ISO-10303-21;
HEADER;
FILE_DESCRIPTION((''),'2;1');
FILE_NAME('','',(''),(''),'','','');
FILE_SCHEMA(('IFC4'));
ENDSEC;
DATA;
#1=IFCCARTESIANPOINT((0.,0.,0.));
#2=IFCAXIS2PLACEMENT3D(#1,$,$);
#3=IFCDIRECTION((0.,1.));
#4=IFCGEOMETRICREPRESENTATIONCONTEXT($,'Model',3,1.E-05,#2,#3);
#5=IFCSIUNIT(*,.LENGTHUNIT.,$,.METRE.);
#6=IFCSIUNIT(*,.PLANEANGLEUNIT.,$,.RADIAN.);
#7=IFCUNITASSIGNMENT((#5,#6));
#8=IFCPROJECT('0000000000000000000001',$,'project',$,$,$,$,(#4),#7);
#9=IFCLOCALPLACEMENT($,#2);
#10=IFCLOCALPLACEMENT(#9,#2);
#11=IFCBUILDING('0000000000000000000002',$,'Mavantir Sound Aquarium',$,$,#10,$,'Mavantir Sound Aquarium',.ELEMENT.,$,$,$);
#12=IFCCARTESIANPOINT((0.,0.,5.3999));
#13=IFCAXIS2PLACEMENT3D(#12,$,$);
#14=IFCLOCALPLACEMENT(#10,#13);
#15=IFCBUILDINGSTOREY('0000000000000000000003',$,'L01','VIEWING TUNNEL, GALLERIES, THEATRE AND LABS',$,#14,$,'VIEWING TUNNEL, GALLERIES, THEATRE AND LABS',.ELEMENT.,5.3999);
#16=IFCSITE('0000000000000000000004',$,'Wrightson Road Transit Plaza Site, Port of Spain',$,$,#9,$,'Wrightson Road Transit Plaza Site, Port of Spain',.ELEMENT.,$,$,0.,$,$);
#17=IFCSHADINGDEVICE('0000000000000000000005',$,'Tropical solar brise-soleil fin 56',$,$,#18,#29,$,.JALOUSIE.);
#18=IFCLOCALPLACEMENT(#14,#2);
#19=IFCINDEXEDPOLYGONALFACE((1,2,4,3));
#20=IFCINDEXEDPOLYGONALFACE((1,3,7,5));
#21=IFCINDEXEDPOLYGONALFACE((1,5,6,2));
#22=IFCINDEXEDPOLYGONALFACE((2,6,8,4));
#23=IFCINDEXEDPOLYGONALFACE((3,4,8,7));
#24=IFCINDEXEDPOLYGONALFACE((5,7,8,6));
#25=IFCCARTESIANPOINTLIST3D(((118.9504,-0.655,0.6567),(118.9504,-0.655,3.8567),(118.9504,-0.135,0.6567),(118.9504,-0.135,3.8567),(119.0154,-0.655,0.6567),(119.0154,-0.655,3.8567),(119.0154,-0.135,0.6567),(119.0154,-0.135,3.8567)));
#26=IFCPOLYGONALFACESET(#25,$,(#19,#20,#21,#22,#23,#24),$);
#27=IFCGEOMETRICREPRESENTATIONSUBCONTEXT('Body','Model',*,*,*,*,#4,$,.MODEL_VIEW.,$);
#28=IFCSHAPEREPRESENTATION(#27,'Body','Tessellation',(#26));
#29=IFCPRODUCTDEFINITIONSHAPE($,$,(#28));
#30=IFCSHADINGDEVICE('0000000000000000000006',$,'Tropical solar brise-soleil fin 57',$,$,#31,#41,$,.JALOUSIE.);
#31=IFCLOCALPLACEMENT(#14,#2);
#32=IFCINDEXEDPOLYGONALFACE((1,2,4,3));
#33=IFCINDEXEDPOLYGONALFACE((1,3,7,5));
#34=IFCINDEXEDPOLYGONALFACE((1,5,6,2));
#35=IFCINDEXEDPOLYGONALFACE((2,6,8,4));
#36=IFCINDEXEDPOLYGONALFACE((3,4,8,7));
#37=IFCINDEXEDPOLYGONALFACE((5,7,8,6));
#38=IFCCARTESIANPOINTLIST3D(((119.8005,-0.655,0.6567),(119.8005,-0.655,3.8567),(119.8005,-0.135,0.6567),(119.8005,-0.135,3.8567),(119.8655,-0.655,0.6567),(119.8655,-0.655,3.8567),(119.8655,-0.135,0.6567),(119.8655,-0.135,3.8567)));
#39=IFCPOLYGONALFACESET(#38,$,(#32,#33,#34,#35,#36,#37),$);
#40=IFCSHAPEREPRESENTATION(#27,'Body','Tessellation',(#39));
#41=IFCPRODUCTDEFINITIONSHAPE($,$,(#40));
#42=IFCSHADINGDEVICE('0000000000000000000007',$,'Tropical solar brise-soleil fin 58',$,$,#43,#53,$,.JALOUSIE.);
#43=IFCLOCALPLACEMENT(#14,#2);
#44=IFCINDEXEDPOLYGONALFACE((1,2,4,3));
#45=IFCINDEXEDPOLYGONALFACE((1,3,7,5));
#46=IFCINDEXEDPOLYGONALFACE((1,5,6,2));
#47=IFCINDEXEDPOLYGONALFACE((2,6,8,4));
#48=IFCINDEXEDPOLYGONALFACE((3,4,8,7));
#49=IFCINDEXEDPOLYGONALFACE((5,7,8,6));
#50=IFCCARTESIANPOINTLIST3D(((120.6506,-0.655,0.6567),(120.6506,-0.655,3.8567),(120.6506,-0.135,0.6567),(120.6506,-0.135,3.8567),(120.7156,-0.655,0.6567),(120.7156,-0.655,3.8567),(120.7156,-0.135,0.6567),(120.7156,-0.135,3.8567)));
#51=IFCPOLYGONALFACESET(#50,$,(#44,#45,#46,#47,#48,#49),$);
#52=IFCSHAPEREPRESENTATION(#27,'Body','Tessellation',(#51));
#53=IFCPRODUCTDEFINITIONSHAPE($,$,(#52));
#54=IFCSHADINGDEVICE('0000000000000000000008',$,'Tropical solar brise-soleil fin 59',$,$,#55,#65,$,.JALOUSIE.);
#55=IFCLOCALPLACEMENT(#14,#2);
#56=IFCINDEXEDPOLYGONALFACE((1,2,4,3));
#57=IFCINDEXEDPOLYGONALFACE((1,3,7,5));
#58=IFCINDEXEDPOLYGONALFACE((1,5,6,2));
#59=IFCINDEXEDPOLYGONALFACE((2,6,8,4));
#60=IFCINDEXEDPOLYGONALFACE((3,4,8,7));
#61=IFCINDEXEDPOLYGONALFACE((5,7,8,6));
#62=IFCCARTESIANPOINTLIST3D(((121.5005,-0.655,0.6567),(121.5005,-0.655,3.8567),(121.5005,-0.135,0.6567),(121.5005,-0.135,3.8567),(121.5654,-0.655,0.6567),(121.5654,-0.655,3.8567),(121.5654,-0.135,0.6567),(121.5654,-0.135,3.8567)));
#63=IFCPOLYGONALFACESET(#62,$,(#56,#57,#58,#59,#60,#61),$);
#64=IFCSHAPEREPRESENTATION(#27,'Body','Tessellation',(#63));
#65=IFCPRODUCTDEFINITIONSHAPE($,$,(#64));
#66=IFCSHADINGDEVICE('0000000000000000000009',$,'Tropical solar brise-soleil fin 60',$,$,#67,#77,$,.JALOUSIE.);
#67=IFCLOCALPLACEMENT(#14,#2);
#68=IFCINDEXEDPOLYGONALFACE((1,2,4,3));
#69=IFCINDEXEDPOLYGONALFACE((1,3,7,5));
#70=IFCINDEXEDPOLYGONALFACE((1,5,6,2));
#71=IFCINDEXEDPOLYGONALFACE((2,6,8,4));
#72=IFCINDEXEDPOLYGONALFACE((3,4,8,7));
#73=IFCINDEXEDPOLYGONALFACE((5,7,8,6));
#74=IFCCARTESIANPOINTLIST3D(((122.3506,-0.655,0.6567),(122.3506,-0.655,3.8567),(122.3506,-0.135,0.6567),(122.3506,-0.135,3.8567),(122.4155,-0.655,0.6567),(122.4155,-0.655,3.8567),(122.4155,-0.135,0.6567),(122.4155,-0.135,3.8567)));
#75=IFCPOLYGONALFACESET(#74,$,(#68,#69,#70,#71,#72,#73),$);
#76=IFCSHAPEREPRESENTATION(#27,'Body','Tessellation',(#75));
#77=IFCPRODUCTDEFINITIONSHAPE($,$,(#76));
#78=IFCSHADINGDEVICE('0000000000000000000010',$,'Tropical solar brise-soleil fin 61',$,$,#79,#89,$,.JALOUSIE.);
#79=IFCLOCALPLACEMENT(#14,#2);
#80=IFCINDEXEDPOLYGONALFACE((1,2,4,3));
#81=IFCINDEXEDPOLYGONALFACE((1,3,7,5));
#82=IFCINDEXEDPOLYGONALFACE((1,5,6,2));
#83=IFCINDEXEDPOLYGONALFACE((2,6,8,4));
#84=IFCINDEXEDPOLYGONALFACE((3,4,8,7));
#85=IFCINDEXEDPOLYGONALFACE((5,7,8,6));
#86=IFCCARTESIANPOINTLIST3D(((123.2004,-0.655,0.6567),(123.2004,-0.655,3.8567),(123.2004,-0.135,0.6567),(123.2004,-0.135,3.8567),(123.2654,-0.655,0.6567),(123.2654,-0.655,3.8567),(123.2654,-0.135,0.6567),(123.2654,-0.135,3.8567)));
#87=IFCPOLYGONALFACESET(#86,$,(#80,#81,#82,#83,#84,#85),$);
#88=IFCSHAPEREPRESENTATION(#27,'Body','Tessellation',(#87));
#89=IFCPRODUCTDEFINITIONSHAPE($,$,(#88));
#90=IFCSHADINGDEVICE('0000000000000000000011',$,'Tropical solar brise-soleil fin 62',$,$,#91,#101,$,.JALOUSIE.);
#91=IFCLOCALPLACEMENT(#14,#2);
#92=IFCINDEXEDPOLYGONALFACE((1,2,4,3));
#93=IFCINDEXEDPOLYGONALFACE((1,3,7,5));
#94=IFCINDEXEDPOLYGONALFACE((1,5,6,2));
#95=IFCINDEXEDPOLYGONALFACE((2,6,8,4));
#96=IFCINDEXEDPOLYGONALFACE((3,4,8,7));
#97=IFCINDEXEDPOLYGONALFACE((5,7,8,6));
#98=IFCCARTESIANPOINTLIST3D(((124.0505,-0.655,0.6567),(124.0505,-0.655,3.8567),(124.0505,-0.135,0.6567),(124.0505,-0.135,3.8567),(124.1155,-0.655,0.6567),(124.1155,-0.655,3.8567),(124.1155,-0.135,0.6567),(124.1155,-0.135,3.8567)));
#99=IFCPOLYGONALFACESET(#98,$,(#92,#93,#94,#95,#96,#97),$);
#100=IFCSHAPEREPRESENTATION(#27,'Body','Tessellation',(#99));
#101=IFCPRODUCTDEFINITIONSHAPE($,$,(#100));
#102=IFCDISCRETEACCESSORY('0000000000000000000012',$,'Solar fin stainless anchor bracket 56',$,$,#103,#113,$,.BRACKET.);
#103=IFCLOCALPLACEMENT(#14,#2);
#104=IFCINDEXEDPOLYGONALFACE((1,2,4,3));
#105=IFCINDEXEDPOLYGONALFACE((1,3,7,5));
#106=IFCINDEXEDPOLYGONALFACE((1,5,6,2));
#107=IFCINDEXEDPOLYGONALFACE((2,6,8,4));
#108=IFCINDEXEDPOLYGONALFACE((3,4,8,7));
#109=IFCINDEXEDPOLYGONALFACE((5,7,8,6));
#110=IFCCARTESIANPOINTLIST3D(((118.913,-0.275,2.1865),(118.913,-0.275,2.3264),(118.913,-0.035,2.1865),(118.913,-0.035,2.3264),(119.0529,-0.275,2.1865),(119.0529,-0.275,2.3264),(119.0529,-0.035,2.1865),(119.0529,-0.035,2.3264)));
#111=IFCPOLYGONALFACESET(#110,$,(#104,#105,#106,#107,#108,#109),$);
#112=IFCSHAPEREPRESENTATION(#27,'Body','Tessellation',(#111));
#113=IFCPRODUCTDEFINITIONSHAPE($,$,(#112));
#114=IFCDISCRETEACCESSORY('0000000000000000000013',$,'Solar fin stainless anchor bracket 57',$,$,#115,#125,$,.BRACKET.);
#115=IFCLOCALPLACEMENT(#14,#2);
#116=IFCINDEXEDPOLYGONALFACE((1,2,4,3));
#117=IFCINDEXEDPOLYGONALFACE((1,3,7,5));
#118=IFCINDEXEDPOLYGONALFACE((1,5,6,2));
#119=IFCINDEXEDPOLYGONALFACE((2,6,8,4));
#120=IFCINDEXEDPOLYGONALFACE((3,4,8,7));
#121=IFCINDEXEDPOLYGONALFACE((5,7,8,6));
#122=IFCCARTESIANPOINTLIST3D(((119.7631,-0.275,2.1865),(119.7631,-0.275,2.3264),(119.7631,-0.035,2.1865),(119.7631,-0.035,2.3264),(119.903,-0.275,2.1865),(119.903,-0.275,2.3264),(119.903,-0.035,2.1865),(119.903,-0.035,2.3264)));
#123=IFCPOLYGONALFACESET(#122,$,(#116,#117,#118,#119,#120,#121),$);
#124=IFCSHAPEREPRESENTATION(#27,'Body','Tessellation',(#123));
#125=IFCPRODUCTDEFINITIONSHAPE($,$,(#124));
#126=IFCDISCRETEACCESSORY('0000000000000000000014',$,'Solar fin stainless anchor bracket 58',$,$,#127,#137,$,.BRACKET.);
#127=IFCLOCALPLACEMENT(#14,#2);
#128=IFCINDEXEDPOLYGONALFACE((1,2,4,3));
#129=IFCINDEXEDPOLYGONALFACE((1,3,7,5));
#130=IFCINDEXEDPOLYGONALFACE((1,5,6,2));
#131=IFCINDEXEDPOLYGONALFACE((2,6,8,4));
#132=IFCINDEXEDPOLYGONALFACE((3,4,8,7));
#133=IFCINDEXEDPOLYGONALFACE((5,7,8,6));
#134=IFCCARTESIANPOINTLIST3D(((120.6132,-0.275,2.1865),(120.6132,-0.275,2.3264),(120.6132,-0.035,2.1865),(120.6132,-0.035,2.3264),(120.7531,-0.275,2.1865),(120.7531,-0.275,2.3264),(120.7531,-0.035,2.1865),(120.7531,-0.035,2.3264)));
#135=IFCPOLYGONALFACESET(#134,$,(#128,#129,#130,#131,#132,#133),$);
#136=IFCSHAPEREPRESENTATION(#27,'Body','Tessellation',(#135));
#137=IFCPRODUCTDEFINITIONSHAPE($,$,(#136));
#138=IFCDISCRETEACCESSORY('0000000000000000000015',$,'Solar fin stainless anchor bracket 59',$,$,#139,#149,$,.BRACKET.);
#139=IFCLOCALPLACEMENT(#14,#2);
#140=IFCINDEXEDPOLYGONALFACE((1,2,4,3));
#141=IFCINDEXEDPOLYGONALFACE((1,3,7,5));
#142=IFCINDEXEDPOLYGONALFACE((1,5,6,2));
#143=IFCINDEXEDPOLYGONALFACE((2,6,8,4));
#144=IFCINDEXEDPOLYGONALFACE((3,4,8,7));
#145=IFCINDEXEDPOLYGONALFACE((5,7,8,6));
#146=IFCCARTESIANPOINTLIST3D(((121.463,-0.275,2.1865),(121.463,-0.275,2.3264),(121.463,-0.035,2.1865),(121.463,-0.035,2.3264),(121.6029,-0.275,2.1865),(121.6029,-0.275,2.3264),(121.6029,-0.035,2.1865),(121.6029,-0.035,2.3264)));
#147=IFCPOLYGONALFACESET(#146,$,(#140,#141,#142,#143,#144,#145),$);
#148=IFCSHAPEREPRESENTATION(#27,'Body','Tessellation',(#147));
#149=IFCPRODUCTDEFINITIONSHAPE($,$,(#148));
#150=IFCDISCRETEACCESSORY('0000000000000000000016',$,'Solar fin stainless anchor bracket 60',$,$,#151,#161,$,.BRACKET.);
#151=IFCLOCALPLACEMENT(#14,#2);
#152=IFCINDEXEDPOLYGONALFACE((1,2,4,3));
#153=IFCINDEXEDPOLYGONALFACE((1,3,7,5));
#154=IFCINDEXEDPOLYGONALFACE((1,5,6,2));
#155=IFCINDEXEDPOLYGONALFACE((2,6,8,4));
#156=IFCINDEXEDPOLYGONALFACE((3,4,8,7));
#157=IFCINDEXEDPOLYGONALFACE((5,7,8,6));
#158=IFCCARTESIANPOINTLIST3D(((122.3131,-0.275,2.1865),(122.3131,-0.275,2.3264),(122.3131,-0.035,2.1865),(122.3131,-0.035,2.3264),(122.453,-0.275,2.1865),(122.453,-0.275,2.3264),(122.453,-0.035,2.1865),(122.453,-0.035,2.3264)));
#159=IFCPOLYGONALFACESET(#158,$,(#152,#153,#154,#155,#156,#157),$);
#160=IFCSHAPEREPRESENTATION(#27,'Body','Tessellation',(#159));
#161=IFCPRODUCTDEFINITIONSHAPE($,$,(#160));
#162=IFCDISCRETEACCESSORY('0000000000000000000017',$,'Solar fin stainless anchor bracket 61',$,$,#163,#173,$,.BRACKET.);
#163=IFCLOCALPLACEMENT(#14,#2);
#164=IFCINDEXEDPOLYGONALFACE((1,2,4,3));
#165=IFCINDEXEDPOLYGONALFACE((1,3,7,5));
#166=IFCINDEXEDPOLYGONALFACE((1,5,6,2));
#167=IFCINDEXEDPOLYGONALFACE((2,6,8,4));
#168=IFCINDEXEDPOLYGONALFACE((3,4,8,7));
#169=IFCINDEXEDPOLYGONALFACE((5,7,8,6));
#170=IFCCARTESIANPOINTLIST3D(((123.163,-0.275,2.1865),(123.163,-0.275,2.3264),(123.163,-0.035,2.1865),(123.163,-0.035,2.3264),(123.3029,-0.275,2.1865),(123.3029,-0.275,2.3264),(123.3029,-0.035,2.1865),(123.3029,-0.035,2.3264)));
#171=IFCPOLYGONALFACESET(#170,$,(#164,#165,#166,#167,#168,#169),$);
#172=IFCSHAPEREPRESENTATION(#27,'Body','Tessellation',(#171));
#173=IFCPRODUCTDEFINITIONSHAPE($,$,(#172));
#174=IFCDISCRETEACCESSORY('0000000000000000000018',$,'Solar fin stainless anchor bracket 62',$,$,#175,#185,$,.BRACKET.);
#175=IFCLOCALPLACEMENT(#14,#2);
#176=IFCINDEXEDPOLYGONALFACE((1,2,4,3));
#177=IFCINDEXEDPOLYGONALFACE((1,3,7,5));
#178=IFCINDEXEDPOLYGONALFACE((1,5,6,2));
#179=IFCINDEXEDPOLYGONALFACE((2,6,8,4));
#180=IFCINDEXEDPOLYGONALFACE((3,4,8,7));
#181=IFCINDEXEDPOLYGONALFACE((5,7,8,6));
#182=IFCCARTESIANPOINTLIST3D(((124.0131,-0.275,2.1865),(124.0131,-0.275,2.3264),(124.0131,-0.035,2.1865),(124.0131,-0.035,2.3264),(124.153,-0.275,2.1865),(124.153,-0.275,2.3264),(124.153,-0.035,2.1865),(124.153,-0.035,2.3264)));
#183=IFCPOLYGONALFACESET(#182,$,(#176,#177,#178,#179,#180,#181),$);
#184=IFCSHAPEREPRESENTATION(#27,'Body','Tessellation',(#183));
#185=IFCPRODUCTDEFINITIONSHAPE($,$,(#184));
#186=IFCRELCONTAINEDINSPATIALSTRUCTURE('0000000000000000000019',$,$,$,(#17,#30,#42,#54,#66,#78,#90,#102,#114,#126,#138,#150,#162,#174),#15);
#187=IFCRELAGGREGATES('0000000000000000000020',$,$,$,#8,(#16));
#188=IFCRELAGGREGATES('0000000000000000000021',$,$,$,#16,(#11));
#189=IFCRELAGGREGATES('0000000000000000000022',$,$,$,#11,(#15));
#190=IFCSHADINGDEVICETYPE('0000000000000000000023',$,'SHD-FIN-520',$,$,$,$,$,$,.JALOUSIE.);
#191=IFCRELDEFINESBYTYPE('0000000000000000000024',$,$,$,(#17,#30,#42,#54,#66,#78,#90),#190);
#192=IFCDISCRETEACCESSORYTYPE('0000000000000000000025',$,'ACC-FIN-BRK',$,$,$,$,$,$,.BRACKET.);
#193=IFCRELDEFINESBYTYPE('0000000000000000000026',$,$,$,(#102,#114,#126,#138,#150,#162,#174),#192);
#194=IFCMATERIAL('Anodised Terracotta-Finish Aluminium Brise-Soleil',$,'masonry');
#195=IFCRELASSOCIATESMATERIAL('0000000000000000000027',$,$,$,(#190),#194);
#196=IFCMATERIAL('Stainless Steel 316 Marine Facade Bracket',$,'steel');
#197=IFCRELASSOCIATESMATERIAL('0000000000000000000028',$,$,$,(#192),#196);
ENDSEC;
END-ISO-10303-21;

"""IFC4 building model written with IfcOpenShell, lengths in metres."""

from ifc_helpers import new_model, si_unit, direction, frame, origin, origin_2d, place, context, subcontext, project, spatial, rectangle, extrude, material, type_object, element, save


model = new_model("IFC4")

# Units and contexts
model_context = context("Model", 3, precision=1e-05, world=origin(), true_north=direction((0.0, 1.0)))
body_context = subcontext(model_context, "Body", "Model", "MODEL_VIEW")
ifc_project = project(units=[si_unit("LENGTHUNIT", "METRE"), si_unit("PLANEANGLEUNIT", "RADIAN")], contexts=[model_context])

# Site, building, storey
site_placement = place(None, origin())
site = spatial("IfcSite", under=ifc_project, at=site_placement, Name="Wrightson Road Transit Plaza Site, Port of Spain", LongName="Wrightson Road Transit Plaza Site, Port of Spain", CompositionType="ELEMENT", RefElevation=0.0)
building_placement = place(site_placement, origin())
building = spatial("IfcBuilding", under=site, at=building_placement, Name="Mavantir Sound Aquarium", LongName="Mavantir Sound Aquarium", CompositionType="ELEMENT")
storey_placement = place(building_placement, frame((0.0, 0.0, 5.3999)))
storey = spatial("IfcBuildingStorey", under=building, at=storey_placement, Name="L01", Description="VIEWING TUNNEL, GALLERIES, THEATRE AND LABS", LongName="VIEWING TUNNEL, GALLERIES, THEATRE AND LABS", CompositionType="ELEMENT", Elevation=5.3999)

# Shading devices
ifc_material_1 = material(Name="Anodised Terracotta-Finish Aluminium Brise-Soleil", Category="masonry")
shading_device_type = type_object("IfcShadingDeviceType", Name="SHD-FIN-520", PredefinedType="JALOUSIE", material=ifc_material_1)
for number, where, z_axis, x_axis, name in (
    (1, (118.9829, -0.395, 0.6567), (0.0, 0.0, 1.0), (-1.0, 0.0, 0.0), "Tropical solar brise-soleil fin 56"),
    (2, (119.833, -0.395, 0.6567), (0.0, 0.0, 1.0), (-1.0, 0.0, 0.0), "Tropical solar brise-soleil fin 57"),
    (3, (120.6831, -0.395, 0.6567), (0.0, 0.0, 1.0), (-1.0, 0.0, 0.0), "Tropical solar brise-soleil fin 58"),
    (4, (121.533, -0.395, 0.6567), (0.0, 0.0, 1.0), (-1.0, 0.0, 0.0), "Tropical solar brise-soleil fin 59"),
    (5, (122.3831, -0.395, 0.6567), (0.0, 0.0, 1.0), (-1.0, 0.0, 0.0), "Tropical solar brise-soleil fin 60"),
    (6, (123.2329, -0.395, 0.6567), (0.0, 0.0, 1.0), (-1.0, 0.0, 0.0), "Tropical solar brise-soleil fin 61"),
    (7, (124.083, -0.395, 0.6567), (0.0, 0.0, 1.0), (-1.0, 0.0, 0.0), "Tropical solar brise-soleil fin 62"),
):
    element("IfcShadingDevice", number, at=place(storey_placement, frame(where, z_axis=z_axis, x_axis=x_axis)), inside=storey, type_object=shading_device_type, Name=name, PredefinedType="JALOUSIE", context=body_context, shape_type="SweptSolid", body=[
        extrude(rectangle(XDim=0.0649, YDim=0.52, at=origin_2d()), origin(), (0.0, 0.0, 1.0), 3.2),
    ])

# Discrete accessories
ifc_material_2 = material(Name="Stainless Steel 316 Marine Facade Bracket", Category="steel")
discrete_accessory_type = type_object("IfcDiscreteAccessoryType", Name="ACC-FIN-BRK", PredefinedType="BRACKET", material=ifc_material_2)
for number, where, z_axis, x_axis, name in (
    (8, (118.9829, -0.155, 2.1865), (0.0, 0.0, 1.0), (-1.0, 0.0, 0.0), "Solar fin stainless anchor bracket 56"),
    (9, (119.833, -0.155, 2.1865), (0.0, 0.0, 1.0), (-1.0, 0.0, 0.0), "Solar fin stainless anchor bracket 57"),
    (10, (120.6831, -0.155, 2.1865), (0.0, 0.0, 1.0), (-1.0, 0.0, 0.0), "Solar fin stainless anchor bracket 58"),
    (11, (121.533, -0.155, 2.1865), (0.0, 0.0, 1.0), (-1.0, 0.0, 0.0), "Solar fin stainless anchor bracket 59"),
    (12, (122.3831, -0.155, 2.1865), (0.0, 0.0, 1.0), (-1.0, 0.0, 0.0), "Solar fin stainless anchor bracket 60"),
    (13, (123.2329, -0.155, 2.1865), (0.0, 0.0, 1.0), (-1.0, 0.0, 0.0), "Solar fin stainless anchor bracket 61"),
    (14, (124.083, -0.155, 2.1865), (0.0, 0.0, 1.0), (-1.0, 0.0, 0.0), "Solar fin stainless anchor bracket 62"),
):
    element("IfcDiscreteAccessory", number, at=place(storey_placement, frame(where, z_axis=z_axis, x_axis=x_axis)), inside=storey, type_object=discrete_accessory_type, Name=name, PredefinedType="BRACKET", context=body_context, shape_type="SweptSolid", body=[
        extrude(rectangle(XDim=0.1399, YDim=0.24, at=origin_2d()), origin(), (0.0, 0.0, 1.0), 0.1399),
    ])

save(model, "model.ifc")
